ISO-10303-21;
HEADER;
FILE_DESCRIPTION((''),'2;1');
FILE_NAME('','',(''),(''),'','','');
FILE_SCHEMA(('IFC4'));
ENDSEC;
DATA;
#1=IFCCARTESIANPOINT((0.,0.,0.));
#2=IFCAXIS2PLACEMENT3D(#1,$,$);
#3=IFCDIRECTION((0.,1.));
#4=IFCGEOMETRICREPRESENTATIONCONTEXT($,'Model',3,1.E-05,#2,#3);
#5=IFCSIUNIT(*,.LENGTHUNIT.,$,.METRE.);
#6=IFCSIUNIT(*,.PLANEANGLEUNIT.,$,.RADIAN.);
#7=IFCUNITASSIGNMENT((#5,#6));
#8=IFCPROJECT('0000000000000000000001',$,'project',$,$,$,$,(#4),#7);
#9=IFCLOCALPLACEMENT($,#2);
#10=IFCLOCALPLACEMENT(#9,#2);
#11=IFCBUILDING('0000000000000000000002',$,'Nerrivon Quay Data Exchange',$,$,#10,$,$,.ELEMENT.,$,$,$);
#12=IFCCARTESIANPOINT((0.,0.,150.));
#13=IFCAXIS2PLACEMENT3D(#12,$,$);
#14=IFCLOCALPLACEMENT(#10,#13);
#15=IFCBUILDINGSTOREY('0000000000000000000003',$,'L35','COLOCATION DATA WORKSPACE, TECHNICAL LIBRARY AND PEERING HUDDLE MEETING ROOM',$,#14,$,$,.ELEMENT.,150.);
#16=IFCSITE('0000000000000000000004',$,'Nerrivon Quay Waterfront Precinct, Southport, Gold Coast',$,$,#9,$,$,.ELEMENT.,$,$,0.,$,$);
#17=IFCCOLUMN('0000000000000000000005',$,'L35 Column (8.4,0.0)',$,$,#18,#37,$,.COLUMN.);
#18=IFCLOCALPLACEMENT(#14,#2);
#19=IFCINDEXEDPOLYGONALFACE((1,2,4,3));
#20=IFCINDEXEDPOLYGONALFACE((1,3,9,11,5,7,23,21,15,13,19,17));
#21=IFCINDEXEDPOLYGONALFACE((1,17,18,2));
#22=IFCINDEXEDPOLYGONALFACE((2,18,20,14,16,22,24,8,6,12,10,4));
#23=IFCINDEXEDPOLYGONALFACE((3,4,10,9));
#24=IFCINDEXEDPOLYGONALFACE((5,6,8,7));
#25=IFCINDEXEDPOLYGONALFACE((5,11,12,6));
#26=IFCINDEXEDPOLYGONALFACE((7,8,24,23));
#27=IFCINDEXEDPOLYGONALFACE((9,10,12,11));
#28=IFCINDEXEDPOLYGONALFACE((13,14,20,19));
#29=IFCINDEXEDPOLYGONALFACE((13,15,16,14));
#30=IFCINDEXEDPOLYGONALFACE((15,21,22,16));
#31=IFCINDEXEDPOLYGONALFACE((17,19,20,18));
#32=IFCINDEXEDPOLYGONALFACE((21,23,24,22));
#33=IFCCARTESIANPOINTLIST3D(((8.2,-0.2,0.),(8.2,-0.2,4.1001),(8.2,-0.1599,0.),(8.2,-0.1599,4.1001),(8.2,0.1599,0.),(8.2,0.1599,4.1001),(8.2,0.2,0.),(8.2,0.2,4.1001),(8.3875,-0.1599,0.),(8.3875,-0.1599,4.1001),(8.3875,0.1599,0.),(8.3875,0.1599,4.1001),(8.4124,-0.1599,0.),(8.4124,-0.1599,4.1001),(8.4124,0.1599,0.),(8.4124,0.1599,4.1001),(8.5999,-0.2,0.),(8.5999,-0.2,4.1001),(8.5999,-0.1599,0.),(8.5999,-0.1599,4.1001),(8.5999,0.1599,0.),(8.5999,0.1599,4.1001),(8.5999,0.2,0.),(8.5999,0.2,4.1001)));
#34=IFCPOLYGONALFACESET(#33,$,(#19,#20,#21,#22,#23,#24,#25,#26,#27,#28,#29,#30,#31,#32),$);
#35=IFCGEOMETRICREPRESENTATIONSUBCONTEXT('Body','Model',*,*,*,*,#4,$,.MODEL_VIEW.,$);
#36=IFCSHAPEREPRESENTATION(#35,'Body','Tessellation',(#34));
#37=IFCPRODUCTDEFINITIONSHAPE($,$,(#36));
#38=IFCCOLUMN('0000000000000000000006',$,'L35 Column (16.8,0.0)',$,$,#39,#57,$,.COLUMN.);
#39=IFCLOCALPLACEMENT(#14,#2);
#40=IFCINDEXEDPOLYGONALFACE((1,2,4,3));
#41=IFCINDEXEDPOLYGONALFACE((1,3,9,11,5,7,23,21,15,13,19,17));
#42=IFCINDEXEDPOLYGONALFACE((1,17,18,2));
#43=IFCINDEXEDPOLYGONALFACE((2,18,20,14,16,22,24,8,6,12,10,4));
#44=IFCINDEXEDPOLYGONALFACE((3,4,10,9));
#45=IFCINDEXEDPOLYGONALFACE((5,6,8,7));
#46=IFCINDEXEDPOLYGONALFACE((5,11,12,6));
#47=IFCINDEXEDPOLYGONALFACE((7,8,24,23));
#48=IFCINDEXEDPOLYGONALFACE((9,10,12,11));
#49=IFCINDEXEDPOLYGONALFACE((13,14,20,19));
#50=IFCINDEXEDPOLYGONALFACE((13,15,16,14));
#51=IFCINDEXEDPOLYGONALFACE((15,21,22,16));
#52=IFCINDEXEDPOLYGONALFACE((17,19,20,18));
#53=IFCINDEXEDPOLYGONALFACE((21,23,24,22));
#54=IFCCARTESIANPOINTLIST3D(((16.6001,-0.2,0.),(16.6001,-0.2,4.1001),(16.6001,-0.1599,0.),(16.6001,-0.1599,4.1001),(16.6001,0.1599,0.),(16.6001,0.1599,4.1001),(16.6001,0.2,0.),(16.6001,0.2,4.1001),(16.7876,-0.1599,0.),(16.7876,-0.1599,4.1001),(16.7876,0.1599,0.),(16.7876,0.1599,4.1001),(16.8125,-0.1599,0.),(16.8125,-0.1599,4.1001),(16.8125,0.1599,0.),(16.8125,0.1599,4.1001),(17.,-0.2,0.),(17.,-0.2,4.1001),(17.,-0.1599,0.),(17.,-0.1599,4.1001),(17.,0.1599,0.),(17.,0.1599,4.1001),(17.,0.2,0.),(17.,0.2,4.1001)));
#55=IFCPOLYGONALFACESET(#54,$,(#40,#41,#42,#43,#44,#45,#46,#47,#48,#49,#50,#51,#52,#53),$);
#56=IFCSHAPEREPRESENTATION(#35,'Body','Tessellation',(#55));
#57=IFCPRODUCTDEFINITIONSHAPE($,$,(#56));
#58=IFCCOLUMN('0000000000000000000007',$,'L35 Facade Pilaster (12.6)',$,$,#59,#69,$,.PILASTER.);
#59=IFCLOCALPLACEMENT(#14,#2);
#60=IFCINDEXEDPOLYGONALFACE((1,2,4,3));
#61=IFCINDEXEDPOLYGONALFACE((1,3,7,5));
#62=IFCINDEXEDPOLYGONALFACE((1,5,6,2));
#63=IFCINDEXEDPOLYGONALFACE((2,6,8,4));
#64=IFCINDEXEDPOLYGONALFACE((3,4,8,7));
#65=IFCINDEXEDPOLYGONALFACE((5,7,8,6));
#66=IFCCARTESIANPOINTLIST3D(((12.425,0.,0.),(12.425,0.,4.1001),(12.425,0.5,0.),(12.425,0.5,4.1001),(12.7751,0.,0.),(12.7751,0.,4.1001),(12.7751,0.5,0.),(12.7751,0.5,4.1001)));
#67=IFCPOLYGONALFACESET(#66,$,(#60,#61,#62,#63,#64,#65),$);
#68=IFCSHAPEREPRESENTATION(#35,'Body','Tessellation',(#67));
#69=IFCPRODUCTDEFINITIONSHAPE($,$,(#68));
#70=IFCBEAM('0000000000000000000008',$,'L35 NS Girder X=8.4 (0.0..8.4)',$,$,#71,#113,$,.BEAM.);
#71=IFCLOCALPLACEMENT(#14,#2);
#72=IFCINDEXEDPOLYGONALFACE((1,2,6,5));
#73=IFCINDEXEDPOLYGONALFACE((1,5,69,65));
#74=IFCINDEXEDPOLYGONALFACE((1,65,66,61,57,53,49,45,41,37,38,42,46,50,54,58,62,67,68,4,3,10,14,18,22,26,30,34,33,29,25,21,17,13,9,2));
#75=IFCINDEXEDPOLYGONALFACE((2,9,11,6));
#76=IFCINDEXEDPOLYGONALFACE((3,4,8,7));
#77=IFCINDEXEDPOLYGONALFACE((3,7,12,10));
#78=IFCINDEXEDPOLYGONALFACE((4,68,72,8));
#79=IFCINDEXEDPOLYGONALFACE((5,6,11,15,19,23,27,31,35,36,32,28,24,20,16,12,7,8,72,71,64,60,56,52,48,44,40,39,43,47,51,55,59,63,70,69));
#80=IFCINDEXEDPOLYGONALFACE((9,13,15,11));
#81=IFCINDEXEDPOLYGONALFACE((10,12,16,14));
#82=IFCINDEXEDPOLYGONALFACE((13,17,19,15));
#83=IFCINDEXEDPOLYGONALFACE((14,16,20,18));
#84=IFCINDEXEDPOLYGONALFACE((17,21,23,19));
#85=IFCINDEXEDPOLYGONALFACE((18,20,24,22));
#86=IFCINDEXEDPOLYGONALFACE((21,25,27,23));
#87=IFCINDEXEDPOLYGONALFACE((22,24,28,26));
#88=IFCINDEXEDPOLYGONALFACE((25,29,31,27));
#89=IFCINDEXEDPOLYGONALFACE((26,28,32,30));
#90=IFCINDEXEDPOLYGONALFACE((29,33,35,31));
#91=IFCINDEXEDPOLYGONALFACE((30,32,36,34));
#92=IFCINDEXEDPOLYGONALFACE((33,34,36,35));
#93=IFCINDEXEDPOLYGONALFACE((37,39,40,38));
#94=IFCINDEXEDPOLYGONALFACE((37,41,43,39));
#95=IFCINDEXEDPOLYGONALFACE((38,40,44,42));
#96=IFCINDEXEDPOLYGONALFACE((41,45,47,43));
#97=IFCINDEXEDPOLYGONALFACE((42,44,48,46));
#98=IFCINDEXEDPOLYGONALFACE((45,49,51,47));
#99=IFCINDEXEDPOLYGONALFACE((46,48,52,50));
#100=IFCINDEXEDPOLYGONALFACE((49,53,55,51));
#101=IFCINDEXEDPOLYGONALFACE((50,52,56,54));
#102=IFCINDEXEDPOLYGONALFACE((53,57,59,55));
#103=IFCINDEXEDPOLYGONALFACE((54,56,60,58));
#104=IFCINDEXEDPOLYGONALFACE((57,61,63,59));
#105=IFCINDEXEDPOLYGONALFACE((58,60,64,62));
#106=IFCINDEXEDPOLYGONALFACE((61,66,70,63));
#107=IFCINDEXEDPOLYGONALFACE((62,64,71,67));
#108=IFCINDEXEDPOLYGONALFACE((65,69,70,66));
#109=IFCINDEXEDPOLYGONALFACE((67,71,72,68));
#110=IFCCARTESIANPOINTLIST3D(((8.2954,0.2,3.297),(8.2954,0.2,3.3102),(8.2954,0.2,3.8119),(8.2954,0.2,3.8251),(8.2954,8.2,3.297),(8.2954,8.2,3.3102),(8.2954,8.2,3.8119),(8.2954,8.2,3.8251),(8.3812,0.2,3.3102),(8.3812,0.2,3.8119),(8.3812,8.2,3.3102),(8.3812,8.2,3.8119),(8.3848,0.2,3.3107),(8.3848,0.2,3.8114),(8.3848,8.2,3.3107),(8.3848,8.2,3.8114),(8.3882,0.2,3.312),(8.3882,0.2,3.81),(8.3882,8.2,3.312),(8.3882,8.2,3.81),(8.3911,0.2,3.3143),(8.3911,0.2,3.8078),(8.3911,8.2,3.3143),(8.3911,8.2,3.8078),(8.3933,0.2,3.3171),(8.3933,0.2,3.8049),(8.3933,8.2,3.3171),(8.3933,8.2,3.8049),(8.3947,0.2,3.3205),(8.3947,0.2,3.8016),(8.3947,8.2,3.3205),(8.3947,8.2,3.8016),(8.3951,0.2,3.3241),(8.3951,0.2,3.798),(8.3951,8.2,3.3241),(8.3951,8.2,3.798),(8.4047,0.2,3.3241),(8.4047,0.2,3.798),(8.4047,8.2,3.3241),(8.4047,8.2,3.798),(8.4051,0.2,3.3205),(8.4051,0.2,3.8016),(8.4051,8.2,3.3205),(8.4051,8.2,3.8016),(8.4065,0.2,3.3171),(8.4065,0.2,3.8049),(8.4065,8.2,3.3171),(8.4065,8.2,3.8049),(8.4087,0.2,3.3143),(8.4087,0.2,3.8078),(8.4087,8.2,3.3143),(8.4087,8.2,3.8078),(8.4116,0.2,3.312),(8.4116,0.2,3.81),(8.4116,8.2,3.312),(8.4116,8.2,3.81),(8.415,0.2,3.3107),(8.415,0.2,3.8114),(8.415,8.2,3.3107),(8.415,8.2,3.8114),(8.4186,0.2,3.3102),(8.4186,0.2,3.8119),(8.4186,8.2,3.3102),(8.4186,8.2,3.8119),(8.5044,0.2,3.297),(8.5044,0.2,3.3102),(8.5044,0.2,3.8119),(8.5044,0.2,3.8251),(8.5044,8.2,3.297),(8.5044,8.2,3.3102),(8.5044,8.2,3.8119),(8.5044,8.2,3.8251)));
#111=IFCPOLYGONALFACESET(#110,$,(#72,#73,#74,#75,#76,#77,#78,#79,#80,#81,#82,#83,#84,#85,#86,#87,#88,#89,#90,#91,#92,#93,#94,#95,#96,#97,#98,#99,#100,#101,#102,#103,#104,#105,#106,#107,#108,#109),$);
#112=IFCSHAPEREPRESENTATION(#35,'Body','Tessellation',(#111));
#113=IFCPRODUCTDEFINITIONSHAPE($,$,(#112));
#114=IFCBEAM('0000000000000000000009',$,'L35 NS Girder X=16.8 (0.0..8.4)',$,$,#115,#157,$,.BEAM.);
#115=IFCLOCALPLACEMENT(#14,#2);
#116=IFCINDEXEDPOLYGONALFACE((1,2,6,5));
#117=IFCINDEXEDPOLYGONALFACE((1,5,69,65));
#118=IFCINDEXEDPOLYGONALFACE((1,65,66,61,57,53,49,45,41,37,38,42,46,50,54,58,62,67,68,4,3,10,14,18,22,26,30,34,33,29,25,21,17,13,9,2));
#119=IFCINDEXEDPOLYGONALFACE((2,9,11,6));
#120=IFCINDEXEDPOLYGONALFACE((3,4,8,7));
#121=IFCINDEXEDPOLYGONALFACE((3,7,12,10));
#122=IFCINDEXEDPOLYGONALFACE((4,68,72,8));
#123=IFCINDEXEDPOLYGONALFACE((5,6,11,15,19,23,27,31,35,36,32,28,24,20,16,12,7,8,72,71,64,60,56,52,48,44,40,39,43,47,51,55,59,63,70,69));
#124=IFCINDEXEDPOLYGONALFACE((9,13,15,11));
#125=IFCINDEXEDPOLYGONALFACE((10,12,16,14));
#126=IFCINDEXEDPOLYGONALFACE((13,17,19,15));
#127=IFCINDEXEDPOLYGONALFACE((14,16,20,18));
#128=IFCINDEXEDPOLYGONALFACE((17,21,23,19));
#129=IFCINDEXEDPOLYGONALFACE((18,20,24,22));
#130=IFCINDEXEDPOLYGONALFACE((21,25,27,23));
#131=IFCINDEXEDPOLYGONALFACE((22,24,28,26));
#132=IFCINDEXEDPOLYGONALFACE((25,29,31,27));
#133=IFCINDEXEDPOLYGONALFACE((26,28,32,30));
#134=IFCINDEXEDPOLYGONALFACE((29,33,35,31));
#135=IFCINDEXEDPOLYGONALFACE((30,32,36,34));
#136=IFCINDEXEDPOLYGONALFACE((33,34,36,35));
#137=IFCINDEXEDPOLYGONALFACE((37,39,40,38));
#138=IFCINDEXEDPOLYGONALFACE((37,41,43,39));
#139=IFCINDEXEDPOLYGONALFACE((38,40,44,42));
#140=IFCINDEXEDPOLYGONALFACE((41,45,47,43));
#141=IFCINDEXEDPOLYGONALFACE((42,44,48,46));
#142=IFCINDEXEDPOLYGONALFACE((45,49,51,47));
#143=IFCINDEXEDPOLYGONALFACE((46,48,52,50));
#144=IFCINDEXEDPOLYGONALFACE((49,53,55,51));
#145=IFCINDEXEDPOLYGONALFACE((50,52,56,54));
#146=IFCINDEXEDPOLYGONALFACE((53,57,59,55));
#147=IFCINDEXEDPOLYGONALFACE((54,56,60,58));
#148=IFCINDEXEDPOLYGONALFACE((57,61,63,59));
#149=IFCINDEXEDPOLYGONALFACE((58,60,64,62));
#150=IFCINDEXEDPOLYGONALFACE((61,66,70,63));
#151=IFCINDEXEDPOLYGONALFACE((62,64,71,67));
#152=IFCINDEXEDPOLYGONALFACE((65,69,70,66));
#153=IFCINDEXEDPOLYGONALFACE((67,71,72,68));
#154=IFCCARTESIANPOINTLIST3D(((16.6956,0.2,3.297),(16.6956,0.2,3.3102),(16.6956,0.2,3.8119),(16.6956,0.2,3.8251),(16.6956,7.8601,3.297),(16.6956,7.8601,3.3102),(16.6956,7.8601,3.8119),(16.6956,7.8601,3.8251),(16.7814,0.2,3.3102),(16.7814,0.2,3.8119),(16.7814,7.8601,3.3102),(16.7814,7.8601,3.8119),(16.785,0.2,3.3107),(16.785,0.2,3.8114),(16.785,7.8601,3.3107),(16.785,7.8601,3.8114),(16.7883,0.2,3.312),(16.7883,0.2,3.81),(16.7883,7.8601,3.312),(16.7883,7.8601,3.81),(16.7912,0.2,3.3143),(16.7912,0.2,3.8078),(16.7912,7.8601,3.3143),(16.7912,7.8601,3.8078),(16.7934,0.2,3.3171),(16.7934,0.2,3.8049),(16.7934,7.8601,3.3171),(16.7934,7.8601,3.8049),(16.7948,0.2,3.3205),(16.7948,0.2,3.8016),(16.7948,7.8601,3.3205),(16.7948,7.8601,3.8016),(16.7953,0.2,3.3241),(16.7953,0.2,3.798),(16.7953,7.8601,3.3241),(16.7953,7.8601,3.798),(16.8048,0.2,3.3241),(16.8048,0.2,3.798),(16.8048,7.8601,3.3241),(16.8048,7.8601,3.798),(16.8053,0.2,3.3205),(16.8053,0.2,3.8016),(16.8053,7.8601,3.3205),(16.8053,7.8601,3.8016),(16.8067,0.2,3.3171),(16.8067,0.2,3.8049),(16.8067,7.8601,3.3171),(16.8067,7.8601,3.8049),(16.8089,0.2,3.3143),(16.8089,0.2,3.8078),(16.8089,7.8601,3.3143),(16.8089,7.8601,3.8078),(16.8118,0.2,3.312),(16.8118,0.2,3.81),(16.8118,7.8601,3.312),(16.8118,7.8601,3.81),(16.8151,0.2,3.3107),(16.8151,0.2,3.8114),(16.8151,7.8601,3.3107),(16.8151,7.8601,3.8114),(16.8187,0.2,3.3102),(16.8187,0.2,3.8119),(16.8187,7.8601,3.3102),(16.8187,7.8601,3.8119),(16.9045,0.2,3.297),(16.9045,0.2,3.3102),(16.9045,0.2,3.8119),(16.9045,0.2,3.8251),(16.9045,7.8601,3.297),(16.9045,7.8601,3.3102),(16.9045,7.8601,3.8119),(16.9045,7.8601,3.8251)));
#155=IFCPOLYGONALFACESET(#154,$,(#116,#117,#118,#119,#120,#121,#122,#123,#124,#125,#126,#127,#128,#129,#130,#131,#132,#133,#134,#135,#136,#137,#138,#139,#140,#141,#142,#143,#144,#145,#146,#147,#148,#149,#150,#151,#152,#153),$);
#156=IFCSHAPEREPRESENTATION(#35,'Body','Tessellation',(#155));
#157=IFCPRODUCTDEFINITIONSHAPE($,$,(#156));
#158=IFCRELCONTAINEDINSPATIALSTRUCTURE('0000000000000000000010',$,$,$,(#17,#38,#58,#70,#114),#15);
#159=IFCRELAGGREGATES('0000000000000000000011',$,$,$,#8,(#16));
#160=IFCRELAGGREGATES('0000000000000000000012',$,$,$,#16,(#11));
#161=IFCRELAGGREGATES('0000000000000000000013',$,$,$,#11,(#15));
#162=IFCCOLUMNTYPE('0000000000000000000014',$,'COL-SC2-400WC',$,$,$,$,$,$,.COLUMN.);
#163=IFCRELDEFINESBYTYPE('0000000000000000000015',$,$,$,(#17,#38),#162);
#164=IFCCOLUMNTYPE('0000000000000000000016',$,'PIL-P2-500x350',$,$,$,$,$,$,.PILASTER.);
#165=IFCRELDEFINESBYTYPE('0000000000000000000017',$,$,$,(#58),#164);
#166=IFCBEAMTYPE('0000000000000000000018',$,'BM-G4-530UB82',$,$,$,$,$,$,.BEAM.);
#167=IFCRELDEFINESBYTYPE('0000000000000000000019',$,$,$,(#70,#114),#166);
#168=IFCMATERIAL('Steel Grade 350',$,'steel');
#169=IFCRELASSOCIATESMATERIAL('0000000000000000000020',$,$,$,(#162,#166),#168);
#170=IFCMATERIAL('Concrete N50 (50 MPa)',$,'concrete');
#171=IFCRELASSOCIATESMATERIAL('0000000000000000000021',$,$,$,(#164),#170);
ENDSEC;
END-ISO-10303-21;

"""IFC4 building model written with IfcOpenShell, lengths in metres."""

from ifc_helpers import new_model, si_unit, direction, frame, origin, origin_2d, place, context, subcontext, project, spatial, rectangle, i_section, extrude, material, material_profile, profile_set, type_object, element, save


model = new_model("IFC4")

# Units and contexts
model_context = context("Model", 3, precision=1e-05, world=origin(), true_north=direction((0.0, 1.0)))
body_context = subcontext(model_context, "Body", "Model", "MODEL_VIEW")
ifc_project = project(units=[si_unit("LENGTHUNIT", "METRE"), si_unit("PLANEANGLEUNIT", "RADIAN")], contexts=[model_context])

# Site, building, storey
site_placement = place(None, origin())
site = spatial("IfcSite", under=ifc_project, at=site_placement, Name="Nerrivon Quay Waterfront Precinct, Southport, Gold Coast", CompositionType="ELEMENT", RefElevation=0.0)
building_placement = place(site_placement, origin())
building = spatial("IfcBuilding", under=site, at=building_placement, Name="Nerrivon Quay Data Exchange", CompositionType="ELEMENT")
storey_placement = place(building_placement, frame((0.0, 0.0, 150.0)))
storey = spatial("IfcBuildingStorey", under=building, at=storey_placement, Name="L35", Description="COLOCATION DATA WORKSPACE, TECHNICAL LIBRARY AND PEERING HUDDLE MEETING ROOM", CompositionType="ELEMENT", Elevation=150.0)

# Columns
ifc_material_1 = material(Name="Steel Grade 350", Category="steel")
ifc_material_profile_1 = material_profile(ifc_material_1, i_section(OverallWidth=0.3999, OverallDepth=0.3999, WebThickness=0.0249, FlangeThickness=0.04, at=origin_2d()), Name="400WC328")
ifc_profile_set_1 = profile_set([ifc_material_profile_1], Name="Steel Grade 350")
column_type_1 = type_object("IfcColumnType", Name="COL-SC2-400WC", PredefinedType="COLUMN", material=ifc_profile_set_1)
for number, where, z_axis, x_axis, name in (
    (1, (8.3999, 0.0, 0.0), (0.0, 0.0, 1.0), (1.0, 0.0, 0.0), "L35 Column (8.4,0.0)"),
    (2, (16.8, 0.0, 0.0), (0.0, 0.0, 1.0), (1.0, 0.0, 0.0), "L35 Column (16.8,0.0)"),
):
    element("IfcColumn", number, at=place(storey_placement, frame(where, z_axis=z_axis, x_axis=x_axis)), inside=storey, type_object=column_type_1, Name=name, PredefinedType="COLUMN", context=body_context, shape_type="SweptSolid", body=[
        extrude(i_section(OverallWidth=0.3999, OverallDepth=0.3999, WebThickness=0.0249, FlangeThickness=0.04, at=origin_2d()), origin(), (0.0, 0.0, 1.0), 4.1001),
    ])
ifc_material_2 = material(Name="Concrete N50 (50 MPa)", Category="concrete")
ifc_material_profile_2 = material_profile(ifc_material_2, rectangle(XDim=0.3501, YDim=0.5, at=origin_2d()), Name="RC-PIL-500x350")
ifc_profile_set_2 = profile_set([ifc_material_profile_2], Name="Concrete N50 (50 MPa)")
column_type_2 = type_object("IfcColumnType", Name="PIL-P2-500x350", PredefinedType="PILASTER", material=ifc_profile_set_2)
column_placement = place(storey_placement, frame((12.6001, 0.25, 0.0), z_axis=(0.0, 0.0, 1.0), x_axis=(1.0, 0.0, 0.0)))
element("IfcColumn", 3, at=column_placement, inside=storey, type_object=column_type_2, Name="L35 Facade Pilaster (12.6)", PredefinedType="PILASTER", context=body_context, shape_type="SweptSolid", body=[
    extrude(rectangle(XDim=0.3501, YDim=0.5, at=origin_2d()), origin(), (0.0, 0.0, 1.0), 4.1001),
])

# Beams
ifc_material_profile_3 = material_profile(ifc_material_1, i_section(OverallWidth=0.209, OverallDepth=0.5281, WebThickness=0.0095, FlangeThickness=0.0132, FilletRadius=0.0139, at=origin_2d()), Name="530UB82.0")
ifc_profile_set_3 = profile_set([ifc_material_profile_3], Name="Steel Grade 350")
beam_type_1 = type_object("IfcBeamType", Name="BM-G4-530UB82", PredefinedType="BEAM", material=ifc_profile_set_3)
beam_1_placement = place(storey_placement, frame((8.3999, 0.2, 3.561), z_axis=(0.0, 1.0, 0.0), x_axis=(-1.0, 0.0, 0.0)))
element("IfcBeam", 4, at=beam_1_placement, inside=storey, type_object=beam_type_1, Name="L35 NS Girder X=8.4 (0.0..8.4)", PredefinedType="BEAM", context=body_context, shape_type="SweptSolid", body=[
    extrude(i_section(OverallWidth=0.209, OverallDepth=0.5281, WebThickness=0.0095, FlangeThickness=0.0132, FilletRadius=0.0139, at=origin_2d()), origin(), (0.0, 0.0, 1.0), 8.0),
])
beam_2_placement = place(storey_placement, frame((16.8, 0.2, 3.561), z_axis=(0.0, 1.0, 0.0), x_axis=(-1.0, 0.0, 0.0)))
element("IfcBeam", 5, at=beam_2_placement, inside=storey, type_object=beam_type_1, Name="L35 NS Girder X=16.8 (0.0..8.4)", PredefinedType="BEAM", context=body_context, shape_type="SweptSolid", body=[
    extrude(i_section(OverallWidth=0.209, OverallDepth=0.5281, WebThickness=0.0095, FlangeThickness=0.0132, FilletRadius=0.0139, at=origin_2d()), origin(), (0.0, 0.0, 1.0), 7.6602),
])

save(model, "model.ifc")
